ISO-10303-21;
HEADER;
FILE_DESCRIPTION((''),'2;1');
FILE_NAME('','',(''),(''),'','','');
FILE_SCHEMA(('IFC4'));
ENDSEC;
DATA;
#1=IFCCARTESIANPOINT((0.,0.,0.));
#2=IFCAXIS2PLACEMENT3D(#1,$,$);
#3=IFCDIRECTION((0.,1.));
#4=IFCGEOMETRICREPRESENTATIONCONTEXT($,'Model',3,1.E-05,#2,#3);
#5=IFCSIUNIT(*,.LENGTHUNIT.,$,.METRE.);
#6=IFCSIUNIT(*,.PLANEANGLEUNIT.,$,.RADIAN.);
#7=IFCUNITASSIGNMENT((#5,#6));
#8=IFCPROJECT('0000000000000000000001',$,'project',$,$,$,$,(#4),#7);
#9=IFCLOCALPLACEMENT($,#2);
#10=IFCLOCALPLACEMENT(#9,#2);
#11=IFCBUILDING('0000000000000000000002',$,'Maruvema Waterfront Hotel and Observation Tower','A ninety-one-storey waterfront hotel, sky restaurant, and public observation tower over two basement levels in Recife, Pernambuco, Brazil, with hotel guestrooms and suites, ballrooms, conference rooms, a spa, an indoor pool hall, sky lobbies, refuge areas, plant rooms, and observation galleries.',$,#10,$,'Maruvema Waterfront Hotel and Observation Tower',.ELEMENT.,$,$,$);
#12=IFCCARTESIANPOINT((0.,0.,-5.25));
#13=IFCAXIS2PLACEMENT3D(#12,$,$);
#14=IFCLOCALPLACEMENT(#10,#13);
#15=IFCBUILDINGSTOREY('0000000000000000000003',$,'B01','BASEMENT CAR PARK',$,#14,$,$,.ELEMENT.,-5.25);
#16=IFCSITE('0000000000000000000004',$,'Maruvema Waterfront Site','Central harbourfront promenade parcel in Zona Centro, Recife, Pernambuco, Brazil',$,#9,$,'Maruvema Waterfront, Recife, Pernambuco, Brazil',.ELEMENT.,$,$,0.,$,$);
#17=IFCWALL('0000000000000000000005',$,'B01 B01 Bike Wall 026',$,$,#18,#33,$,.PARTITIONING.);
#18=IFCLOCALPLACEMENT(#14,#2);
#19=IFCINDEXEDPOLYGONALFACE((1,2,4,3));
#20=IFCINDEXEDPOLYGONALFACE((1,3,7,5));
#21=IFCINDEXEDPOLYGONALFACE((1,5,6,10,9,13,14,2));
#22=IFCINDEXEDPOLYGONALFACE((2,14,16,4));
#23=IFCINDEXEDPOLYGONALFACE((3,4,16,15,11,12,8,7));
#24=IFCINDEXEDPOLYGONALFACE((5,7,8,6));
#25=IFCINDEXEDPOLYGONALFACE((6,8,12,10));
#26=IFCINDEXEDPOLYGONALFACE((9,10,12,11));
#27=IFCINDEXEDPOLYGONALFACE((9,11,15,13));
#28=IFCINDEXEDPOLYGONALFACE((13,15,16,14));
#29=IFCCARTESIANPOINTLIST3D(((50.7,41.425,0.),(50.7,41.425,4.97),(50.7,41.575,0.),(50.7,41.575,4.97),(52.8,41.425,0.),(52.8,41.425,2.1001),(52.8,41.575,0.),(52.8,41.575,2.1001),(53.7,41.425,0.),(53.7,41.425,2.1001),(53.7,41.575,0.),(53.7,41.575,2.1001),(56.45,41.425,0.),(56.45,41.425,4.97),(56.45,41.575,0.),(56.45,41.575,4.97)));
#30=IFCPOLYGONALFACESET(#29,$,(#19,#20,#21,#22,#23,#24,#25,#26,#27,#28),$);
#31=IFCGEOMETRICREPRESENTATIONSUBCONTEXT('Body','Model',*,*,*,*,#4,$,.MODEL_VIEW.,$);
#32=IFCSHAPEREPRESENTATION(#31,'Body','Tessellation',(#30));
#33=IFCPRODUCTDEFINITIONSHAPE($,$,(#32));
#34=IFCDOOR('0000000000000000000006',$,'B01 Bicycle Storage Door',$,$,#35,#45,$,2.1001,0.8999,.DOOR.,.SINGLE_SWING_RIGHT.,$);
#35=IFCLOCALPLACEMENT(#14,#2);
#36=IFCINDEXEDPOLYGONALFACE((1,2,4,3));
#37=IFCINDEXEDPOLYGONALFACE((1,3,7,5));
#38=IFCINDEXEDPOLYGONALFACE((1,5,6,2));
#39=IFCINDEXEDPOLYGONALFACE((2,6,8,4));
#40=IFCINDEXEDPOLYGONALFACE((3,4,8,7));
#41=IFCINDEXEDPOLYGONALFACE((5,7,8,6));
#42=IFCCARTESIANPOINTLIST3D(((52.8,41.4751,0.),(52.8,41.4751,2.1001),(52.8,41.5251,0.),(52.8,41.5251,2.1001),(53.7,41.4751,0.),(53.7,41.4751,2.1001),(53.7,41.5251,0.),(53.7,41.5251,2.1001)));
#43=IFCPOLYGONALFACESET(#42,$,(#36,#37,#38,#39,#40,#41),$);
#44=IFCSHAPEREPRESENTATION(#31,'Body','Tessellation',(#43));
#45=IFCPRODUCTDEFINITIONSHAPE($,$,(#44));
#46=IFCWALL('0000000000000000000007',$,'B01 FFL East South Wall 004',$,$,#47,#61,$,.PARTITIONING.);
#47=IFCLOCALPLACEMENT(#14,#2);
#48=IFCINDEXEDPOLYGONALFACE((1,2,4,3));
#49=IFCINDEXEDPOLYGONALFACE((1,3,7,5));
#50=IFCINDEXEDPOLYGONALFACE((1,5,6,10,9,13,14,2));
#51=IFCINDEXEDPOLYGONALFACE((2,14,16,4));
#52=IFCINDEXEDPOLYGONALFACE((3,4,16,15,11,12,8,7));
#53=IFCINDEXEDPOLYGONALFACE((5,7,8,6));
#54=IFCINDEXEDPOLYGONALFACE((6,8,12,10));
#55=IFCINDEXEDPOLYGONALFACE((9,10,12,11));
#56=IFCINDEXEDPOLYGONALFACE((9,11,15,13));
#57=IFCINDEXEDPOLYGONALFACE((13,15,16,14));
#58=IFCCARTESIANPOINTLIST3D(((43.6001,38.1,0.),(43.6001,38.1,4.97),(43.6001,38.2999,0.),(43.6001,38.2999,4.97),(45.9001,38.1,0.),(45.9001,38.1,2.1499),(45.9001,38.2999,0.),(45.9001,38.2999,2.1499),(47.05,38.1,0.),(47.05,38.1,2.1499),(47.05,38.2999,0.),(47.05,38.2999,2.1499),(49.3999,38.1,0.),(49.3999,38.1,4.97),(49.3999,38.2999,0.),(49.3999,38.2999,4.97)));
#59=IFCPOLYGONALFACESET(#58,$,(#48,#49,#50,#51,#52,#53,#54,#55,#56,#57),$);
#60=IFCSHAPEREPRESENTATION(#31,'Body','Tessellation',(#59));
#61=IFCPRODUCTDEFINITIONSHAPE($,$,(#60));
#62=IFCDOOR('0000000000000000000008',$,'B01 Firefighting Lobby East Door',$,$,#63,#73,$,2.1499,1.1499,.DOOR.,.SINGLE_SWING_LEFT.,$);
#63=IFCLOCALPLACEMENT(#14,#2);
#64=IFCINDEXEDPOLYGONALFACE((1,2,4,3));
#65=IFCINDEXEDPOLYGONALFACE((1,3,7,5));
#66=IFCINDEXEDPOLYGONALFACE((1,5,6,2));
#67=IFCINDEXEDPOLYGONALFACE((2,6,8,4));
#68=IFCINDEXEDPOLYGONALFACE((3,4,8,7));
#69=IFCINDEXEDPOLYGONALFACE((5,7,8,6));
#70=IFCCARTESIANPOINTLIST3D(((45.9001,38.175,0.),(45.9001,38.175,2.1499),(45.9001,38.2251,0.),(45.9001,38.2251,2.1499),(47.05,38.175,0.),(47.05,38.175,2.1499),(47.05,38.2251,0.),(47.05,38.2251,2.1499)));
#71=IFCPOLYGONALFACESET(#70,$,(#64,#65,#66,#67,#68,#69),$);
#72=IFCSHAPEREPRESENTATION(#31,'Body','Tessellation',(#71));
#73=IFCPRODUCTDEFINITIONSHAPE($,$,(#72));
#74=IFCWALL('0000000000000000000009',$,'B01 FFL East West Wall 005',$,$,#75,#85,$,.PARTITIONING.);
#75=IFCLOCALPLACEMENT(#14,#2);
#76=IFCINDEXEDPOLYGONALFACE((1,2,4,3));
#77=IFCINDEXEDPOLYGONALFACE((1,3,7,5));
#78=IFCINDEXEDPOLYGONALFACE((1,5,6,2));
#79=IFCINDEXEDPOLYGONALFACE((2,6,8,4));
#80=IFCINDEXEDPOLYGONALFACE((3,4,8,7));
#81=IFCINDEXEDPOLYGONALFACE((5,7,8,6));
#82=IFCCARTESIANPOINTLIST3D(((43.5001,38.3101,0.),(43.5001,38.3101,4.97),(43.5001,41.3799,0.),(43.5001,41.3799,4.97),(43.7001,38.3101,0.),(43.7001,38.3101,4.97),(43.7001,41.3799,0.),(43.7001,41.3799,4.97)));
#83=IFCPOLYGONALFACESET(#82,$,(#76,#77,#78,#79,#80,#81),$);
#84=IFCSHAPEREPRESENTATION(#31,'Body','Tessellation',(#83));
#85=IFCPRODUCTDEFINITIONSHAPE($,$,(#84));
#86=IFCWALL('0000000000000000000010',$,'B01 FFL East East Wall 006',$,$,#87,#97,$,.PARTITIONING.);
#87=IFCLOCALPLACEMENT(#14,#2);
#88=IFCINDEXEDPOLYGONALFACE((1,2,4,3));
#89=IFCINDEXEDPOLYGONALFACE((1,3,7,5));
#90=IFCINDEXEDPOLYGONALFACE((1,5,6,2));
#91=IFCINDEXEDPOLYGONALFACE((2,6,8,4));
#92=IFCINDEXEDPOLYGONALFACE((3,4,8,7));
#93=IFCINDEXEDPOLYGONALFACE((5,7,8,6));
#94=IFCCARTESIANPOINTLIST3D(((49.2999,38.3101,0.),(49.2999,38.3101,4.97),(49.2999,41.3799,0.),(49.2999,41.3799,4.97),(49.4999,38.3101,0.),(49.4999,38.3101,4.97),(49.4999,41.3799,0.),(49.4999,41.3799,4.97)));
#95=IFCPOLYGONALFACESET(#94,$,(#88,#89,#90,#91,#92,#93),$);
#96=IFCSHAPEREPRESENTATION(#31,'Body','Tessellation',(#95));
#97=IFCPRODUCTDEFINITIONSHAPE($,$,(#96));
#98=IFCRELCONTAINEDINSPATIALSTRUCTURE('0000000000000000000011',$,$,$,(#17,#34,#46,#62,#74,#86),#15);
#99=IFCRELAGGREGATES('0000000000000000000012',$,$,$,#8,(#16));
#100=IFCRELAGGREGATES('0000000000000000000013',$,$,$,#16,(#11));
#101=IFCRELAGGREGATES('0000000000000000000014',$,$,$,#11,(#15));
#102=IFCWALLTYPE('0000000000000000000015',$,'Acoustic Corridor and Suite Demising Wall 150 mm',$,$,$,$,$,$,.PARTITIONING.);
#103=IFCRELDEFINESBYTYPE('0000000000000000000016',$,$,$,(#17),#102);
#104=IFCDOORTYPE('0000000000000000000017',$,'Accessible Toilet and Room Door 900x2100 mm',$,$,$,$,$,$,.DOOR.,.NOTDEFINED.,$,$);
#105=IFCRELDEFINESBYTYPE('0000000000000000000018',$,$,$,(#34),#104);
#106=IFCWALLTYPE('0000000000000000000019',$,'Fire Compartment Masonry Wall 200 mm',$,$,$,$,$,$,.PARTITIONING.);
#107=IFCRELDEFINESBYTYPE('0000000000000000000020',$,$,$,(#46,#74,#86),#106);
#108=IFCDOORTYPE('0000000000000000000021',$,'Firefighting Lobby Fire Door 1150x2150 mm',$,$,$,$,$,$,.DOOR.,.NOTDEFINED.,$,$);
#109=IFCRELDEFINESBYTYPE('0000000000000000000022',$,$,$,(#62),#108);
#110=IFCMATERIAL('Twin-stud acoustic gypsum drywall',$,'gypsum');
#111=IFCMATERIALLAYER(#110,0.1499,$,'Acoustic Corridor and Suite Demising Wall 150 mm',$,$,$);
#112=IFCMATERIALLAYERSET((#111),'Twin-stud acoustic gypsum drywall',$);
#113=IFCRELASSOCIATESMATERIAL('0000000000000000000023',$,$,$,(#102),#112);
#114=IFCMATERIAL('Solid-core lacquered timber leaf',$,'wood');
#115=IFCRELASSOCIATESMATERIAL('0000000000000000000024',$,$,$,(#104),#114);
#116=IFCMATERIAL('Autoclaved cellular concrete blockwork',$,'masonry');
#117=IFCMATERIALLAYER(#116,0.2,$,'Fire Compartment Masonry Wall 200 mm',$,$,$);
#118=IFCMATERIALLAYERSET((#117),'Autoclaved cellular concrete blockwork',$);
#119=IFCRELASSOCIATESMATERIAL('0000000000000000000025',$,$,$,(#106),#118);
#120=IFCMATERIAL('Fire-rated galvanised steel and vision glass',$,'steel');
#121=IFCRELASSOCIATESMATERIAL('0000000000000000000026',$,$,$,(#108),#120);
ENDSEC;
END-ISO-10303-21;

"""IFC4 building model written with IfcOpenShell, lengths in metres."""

from ifc_helpers import new_model, si_unit, direction, frame, frame_2d, origin, place, context, subcontext, project, spatial, rectangle, extrude, material, layer, layer_set, type_object, element, fill, save


model = new_model("IFC4")

# Units and contexts
model_context = context("Model", 3, precision=1e-05, world=origin(), true_north=direction((0.0, 1.0)))
body_context = subcontext(model_context, "Body", "Model", "MODEL_VIEW")
ifc_project = project(units=[si_unit("LENGTHUNIT", "METRE"), si_unit("PLANEANGLEUNIT", "RADIAN")], contexts=[model_context])

# Site, building, storey
site_placement = place(None, origin())
site = spatial("IfcSite", under=ifc_project, at=site_placement, Name="Maruvema Waterfront Site", Description="Central harbourfront promenade parcel in Zona Centro, Recife, Pernambuco, Brazil", LongName="Maruvema Waterfront, Recife, Pernambuco, Brazil", CompositionType="ELEMENT", RefElevation=0.0)
building_placement = place(site_placement, origin())
building = spatial("IfcBuilding", under=site, at=building_placement, Name="Maruvema Waterfront Hotel and Observation Tower", Description="A ninety-one-storey waterfront hotel, sky restaurant, and public observation tower over two basement levels in Recife, Pernambuco, Brazil, with hotel guestrooms and suites, ballrooms, conference rooms, a spa, an indoor pool hall, sky lobbies, refuge areas, plant rooms, and observation galleries.", LongName="Maruvema Waterfront Hotel and Observation Tower", CompositionType="ELEMENT")
storey_placement = place(building_placement, frame((0.0, 0.0, -5.25)))
storey = spatial("IfcBuildingStorey", under=building, at=storey_placement, Name="B01", Description="BASEMENT CAR PARK", CompositionType="ELEMENT", Elevation=-5.25)

# Walls, openings, doors
ifc_material_1 = material(Name="Twin-stud acoustic gypsum drywall", Category="gypsum")
ifc_layer_1 = layer(ifc_material_1, 0.1499, Name="Acoustic Corridor and Suite Demising Wall 150 mm")
ifc_layer_set_1 = layer_set([ifc_layer_1], Name="Twin-stud acoustic gypsum drywall")
wall_type_1 = type_object("IfcWallType", Name="Acoustic Corridor and Suite Demising Wall 150 mm", PredefinedType="PARTITIONING", material=ifc_layer_set_1)
wall_1_placement = place(storey_placement, frame((50.7, 41.5, 0.0), z_axis=(0.0, 0.0, 1.0), x_axis=(1.0, 0.0, 0.0)))
wall_1 = element("IfcWall", 1, at=wall_1_placement, inside=storey, type_object=wall_type_1, Name="B01 B01 Bike Wall 026", PredefinedType="PARTITIONING", context=body_context, shape_type="SweptSolid", body=[
    extrude(rectangle(XDim=5.75, YDim=0.1499, at=frame_2d((2.875, 0.0))), origin(), (0.0, 0.0, 1.0), 4.97),
])
opening_1_placement = place(wall_1_placement, frame((2.1001, 0.0, 0.0)))
opening_1 = element("IfcOpeningElement", 2, at=opening_1_placement, cuts=wall_1, PredefinedType="OPENING", context=body_context, shape_type="SweptSolid", body=[
    extrude(rectangle(XDim=0.8999, YDim=2.1001, at=frame_2d((0.45, 1.05))), frame((0.0, 0.085, 0.0), z_axis=(0.0, -1.0, 0.0), x_axis=(1.0, 0.0, 0.0)), (0.0, 0.0, 1.0), 0.1699),
])
ifc_material_2 = material(Name="Solid-core lacquered timber leaf", Category="wood")
door_type_1 = type_object("IfcDoorType", Name="Accessible Toilet and Room Door 900x2100 mm", OperationType="NOTDEFINED", PredefinedType="DOOR", material=ifc_material_2)
door_1_placement = place(opening_1_placement, frame((0.8999, 0.0, 0.0), z_axis=(0.0, 0.0, 1.0), x_axis=(-1.0, 0.0, 0.0)))
door_1 = element("IfcDoor", 3, at=door_1_placement, inside=storey, type_object=door_type_1, Name="B01 Bicycle Storage Door", OperationType="SINGLE_SWING_RIGHT", OverallHeight=2.1001, OverallWidth=0.8999, PredefinedType="DOOR", context=body_context, shape_type="SweptSolid", body=[
    extrude(rectangle(XDim=0.8999, YDim=2.1001, at=frame_2d((0.45, 1.05))), frame((0.0, 0.0249, 0.0), z_axis=(0.0, -1.0, 0.0), x_axis=(1.0, 0.0, 0.0)), (0.0, 0.0, 1.0), 0.05),
])
fill(opening_1, door_1)
ifc_material_3 = material(Name="Autoclaved cellular concrete blockwork", Category="masonry")
ifc_layer_2 = layer(ifc_material_3, 0.2, Name="Fire Compartment Masonry Wall 200 mm")
ifc_layer_set_2 = layer_set([ifc_layer_2], Name="Autoclaved cellular concrete blockwork")
wall_type_2 = type_object("IfcWallType", Name="Fire Compartment Masonry Wall 200 mm", PredefinedType="PARTITIONING", material=ifc_layer_set_2)
wall_2_placement = place(storey_placement, frame((43.6001, 38.2, 0.0), z_axis=(0.0, 0.0, 1.0), x_axis=(1.0, 0.0, 0.0)))
wall_2 = element("IfcWall", 4, at=wall_2_placement, inside=storey, type_object=wall_type_2, Name="B01 FFL East South Wall 004", PredefinedType="PARTITIONING", context=body_context, shape_type="SweptSolid", body=[
    extrude(rectangle(XDim=5.7998, YDim=0.2, at=frame_2d((2.8999, 0.0))), origin(), (0.0, 0.0, 1.0), 4.97),
])
opening_2_placement = place(wall_2_placement, frame((2.3, 0.0, 0.0)))
opening_2 = element("IfcOpeningElement", 5, at=opening_2_placement, cuts=wall_2, PredefinedType="OPENING", context=body_context, shape_type="SweptSolid", body=[
    extrude(rectangle(XDim=1.1499, YDim=2.1499, at=frame_2d((0.575, 1.075))), frame((0.0, 0.1099, 0.0), z_axis=(0.0, -1.0, 0.0), x_axis=(1.0, 0.0, 0.0)), (0.0, 0.0, 1.0), 0.22),
])
ifc_material_4 = material(Name="Fire-rated galvanised steel and vision glass", Category="steel")
door_type_2 = type_object("IfcDoorType", Name="Firefighting Lobby Fire Door 1150x2150 mm", OperationType="NOTDEFINED", PredefinedType="DOOR", material=ifc_material_4)
door_2_placement = place(opening_2_placement, frame((1.1499, 0.0, 0.0), z_axis=(0.0, 0.0, 1.0), x_axis=(-1.0, 0.0, 0.0)))
door_2 = element("IfcDoor", 6, at=door_2_placement, inside=storey, type_object=door_type_2, Name="B01 Firefighting Lobby East Door", OperationType="SINGLE_SWING_LEFT", OverallHeight=2.1499, OverallWidth=1.1499, PredefinedType="DOOR", context=body_context, shape_type="SweptSolid", body=[
    extrude(rectangle(XDim=1.1499, YDim=2.1499, at=frame_2d((0.575, 1.075))), frame((0.0, 0.0249, 0.0), z_axis=(0.0, -1.0, 0.0), x_axis=(1.0, 0.0, 0.0)), (0.0, 0.0, 1.0), 0.05),
])
fill(opening_2, door_2)

# Walls
for number, where, z_axis, x_axis, name in (
    (7, (43.6001, 38.3101, 0.0), (0.0, 0.0, 1.0), (0.0, 1.0, 0.0), "B01 FFL East West Wall 005"),
    (8, (49.3999, 38.3101, 0.0), (0.0, 0.0, 1.0), (0.0, 1.0, 0.0), "B01 FFL East East Wall 006"),
):
    element("IfcWall", number, at=place(storey_placement, frame(where, z_axis=z_axis, x_axis=x_axis)), inside=storey, type_object=wall_type_2, Name=name, PredefinedType="PARTITIONING", context=body_context, shape_type="SweptSolid", body=[
        extrude(rectangle(XDim=3.0698, YDim=0.2, at=frame_2d((1.5349, 0.0))), origin(), (0.0, 0.0, 1.0), 4.97),
    ])

save(model, "model.ifc")
